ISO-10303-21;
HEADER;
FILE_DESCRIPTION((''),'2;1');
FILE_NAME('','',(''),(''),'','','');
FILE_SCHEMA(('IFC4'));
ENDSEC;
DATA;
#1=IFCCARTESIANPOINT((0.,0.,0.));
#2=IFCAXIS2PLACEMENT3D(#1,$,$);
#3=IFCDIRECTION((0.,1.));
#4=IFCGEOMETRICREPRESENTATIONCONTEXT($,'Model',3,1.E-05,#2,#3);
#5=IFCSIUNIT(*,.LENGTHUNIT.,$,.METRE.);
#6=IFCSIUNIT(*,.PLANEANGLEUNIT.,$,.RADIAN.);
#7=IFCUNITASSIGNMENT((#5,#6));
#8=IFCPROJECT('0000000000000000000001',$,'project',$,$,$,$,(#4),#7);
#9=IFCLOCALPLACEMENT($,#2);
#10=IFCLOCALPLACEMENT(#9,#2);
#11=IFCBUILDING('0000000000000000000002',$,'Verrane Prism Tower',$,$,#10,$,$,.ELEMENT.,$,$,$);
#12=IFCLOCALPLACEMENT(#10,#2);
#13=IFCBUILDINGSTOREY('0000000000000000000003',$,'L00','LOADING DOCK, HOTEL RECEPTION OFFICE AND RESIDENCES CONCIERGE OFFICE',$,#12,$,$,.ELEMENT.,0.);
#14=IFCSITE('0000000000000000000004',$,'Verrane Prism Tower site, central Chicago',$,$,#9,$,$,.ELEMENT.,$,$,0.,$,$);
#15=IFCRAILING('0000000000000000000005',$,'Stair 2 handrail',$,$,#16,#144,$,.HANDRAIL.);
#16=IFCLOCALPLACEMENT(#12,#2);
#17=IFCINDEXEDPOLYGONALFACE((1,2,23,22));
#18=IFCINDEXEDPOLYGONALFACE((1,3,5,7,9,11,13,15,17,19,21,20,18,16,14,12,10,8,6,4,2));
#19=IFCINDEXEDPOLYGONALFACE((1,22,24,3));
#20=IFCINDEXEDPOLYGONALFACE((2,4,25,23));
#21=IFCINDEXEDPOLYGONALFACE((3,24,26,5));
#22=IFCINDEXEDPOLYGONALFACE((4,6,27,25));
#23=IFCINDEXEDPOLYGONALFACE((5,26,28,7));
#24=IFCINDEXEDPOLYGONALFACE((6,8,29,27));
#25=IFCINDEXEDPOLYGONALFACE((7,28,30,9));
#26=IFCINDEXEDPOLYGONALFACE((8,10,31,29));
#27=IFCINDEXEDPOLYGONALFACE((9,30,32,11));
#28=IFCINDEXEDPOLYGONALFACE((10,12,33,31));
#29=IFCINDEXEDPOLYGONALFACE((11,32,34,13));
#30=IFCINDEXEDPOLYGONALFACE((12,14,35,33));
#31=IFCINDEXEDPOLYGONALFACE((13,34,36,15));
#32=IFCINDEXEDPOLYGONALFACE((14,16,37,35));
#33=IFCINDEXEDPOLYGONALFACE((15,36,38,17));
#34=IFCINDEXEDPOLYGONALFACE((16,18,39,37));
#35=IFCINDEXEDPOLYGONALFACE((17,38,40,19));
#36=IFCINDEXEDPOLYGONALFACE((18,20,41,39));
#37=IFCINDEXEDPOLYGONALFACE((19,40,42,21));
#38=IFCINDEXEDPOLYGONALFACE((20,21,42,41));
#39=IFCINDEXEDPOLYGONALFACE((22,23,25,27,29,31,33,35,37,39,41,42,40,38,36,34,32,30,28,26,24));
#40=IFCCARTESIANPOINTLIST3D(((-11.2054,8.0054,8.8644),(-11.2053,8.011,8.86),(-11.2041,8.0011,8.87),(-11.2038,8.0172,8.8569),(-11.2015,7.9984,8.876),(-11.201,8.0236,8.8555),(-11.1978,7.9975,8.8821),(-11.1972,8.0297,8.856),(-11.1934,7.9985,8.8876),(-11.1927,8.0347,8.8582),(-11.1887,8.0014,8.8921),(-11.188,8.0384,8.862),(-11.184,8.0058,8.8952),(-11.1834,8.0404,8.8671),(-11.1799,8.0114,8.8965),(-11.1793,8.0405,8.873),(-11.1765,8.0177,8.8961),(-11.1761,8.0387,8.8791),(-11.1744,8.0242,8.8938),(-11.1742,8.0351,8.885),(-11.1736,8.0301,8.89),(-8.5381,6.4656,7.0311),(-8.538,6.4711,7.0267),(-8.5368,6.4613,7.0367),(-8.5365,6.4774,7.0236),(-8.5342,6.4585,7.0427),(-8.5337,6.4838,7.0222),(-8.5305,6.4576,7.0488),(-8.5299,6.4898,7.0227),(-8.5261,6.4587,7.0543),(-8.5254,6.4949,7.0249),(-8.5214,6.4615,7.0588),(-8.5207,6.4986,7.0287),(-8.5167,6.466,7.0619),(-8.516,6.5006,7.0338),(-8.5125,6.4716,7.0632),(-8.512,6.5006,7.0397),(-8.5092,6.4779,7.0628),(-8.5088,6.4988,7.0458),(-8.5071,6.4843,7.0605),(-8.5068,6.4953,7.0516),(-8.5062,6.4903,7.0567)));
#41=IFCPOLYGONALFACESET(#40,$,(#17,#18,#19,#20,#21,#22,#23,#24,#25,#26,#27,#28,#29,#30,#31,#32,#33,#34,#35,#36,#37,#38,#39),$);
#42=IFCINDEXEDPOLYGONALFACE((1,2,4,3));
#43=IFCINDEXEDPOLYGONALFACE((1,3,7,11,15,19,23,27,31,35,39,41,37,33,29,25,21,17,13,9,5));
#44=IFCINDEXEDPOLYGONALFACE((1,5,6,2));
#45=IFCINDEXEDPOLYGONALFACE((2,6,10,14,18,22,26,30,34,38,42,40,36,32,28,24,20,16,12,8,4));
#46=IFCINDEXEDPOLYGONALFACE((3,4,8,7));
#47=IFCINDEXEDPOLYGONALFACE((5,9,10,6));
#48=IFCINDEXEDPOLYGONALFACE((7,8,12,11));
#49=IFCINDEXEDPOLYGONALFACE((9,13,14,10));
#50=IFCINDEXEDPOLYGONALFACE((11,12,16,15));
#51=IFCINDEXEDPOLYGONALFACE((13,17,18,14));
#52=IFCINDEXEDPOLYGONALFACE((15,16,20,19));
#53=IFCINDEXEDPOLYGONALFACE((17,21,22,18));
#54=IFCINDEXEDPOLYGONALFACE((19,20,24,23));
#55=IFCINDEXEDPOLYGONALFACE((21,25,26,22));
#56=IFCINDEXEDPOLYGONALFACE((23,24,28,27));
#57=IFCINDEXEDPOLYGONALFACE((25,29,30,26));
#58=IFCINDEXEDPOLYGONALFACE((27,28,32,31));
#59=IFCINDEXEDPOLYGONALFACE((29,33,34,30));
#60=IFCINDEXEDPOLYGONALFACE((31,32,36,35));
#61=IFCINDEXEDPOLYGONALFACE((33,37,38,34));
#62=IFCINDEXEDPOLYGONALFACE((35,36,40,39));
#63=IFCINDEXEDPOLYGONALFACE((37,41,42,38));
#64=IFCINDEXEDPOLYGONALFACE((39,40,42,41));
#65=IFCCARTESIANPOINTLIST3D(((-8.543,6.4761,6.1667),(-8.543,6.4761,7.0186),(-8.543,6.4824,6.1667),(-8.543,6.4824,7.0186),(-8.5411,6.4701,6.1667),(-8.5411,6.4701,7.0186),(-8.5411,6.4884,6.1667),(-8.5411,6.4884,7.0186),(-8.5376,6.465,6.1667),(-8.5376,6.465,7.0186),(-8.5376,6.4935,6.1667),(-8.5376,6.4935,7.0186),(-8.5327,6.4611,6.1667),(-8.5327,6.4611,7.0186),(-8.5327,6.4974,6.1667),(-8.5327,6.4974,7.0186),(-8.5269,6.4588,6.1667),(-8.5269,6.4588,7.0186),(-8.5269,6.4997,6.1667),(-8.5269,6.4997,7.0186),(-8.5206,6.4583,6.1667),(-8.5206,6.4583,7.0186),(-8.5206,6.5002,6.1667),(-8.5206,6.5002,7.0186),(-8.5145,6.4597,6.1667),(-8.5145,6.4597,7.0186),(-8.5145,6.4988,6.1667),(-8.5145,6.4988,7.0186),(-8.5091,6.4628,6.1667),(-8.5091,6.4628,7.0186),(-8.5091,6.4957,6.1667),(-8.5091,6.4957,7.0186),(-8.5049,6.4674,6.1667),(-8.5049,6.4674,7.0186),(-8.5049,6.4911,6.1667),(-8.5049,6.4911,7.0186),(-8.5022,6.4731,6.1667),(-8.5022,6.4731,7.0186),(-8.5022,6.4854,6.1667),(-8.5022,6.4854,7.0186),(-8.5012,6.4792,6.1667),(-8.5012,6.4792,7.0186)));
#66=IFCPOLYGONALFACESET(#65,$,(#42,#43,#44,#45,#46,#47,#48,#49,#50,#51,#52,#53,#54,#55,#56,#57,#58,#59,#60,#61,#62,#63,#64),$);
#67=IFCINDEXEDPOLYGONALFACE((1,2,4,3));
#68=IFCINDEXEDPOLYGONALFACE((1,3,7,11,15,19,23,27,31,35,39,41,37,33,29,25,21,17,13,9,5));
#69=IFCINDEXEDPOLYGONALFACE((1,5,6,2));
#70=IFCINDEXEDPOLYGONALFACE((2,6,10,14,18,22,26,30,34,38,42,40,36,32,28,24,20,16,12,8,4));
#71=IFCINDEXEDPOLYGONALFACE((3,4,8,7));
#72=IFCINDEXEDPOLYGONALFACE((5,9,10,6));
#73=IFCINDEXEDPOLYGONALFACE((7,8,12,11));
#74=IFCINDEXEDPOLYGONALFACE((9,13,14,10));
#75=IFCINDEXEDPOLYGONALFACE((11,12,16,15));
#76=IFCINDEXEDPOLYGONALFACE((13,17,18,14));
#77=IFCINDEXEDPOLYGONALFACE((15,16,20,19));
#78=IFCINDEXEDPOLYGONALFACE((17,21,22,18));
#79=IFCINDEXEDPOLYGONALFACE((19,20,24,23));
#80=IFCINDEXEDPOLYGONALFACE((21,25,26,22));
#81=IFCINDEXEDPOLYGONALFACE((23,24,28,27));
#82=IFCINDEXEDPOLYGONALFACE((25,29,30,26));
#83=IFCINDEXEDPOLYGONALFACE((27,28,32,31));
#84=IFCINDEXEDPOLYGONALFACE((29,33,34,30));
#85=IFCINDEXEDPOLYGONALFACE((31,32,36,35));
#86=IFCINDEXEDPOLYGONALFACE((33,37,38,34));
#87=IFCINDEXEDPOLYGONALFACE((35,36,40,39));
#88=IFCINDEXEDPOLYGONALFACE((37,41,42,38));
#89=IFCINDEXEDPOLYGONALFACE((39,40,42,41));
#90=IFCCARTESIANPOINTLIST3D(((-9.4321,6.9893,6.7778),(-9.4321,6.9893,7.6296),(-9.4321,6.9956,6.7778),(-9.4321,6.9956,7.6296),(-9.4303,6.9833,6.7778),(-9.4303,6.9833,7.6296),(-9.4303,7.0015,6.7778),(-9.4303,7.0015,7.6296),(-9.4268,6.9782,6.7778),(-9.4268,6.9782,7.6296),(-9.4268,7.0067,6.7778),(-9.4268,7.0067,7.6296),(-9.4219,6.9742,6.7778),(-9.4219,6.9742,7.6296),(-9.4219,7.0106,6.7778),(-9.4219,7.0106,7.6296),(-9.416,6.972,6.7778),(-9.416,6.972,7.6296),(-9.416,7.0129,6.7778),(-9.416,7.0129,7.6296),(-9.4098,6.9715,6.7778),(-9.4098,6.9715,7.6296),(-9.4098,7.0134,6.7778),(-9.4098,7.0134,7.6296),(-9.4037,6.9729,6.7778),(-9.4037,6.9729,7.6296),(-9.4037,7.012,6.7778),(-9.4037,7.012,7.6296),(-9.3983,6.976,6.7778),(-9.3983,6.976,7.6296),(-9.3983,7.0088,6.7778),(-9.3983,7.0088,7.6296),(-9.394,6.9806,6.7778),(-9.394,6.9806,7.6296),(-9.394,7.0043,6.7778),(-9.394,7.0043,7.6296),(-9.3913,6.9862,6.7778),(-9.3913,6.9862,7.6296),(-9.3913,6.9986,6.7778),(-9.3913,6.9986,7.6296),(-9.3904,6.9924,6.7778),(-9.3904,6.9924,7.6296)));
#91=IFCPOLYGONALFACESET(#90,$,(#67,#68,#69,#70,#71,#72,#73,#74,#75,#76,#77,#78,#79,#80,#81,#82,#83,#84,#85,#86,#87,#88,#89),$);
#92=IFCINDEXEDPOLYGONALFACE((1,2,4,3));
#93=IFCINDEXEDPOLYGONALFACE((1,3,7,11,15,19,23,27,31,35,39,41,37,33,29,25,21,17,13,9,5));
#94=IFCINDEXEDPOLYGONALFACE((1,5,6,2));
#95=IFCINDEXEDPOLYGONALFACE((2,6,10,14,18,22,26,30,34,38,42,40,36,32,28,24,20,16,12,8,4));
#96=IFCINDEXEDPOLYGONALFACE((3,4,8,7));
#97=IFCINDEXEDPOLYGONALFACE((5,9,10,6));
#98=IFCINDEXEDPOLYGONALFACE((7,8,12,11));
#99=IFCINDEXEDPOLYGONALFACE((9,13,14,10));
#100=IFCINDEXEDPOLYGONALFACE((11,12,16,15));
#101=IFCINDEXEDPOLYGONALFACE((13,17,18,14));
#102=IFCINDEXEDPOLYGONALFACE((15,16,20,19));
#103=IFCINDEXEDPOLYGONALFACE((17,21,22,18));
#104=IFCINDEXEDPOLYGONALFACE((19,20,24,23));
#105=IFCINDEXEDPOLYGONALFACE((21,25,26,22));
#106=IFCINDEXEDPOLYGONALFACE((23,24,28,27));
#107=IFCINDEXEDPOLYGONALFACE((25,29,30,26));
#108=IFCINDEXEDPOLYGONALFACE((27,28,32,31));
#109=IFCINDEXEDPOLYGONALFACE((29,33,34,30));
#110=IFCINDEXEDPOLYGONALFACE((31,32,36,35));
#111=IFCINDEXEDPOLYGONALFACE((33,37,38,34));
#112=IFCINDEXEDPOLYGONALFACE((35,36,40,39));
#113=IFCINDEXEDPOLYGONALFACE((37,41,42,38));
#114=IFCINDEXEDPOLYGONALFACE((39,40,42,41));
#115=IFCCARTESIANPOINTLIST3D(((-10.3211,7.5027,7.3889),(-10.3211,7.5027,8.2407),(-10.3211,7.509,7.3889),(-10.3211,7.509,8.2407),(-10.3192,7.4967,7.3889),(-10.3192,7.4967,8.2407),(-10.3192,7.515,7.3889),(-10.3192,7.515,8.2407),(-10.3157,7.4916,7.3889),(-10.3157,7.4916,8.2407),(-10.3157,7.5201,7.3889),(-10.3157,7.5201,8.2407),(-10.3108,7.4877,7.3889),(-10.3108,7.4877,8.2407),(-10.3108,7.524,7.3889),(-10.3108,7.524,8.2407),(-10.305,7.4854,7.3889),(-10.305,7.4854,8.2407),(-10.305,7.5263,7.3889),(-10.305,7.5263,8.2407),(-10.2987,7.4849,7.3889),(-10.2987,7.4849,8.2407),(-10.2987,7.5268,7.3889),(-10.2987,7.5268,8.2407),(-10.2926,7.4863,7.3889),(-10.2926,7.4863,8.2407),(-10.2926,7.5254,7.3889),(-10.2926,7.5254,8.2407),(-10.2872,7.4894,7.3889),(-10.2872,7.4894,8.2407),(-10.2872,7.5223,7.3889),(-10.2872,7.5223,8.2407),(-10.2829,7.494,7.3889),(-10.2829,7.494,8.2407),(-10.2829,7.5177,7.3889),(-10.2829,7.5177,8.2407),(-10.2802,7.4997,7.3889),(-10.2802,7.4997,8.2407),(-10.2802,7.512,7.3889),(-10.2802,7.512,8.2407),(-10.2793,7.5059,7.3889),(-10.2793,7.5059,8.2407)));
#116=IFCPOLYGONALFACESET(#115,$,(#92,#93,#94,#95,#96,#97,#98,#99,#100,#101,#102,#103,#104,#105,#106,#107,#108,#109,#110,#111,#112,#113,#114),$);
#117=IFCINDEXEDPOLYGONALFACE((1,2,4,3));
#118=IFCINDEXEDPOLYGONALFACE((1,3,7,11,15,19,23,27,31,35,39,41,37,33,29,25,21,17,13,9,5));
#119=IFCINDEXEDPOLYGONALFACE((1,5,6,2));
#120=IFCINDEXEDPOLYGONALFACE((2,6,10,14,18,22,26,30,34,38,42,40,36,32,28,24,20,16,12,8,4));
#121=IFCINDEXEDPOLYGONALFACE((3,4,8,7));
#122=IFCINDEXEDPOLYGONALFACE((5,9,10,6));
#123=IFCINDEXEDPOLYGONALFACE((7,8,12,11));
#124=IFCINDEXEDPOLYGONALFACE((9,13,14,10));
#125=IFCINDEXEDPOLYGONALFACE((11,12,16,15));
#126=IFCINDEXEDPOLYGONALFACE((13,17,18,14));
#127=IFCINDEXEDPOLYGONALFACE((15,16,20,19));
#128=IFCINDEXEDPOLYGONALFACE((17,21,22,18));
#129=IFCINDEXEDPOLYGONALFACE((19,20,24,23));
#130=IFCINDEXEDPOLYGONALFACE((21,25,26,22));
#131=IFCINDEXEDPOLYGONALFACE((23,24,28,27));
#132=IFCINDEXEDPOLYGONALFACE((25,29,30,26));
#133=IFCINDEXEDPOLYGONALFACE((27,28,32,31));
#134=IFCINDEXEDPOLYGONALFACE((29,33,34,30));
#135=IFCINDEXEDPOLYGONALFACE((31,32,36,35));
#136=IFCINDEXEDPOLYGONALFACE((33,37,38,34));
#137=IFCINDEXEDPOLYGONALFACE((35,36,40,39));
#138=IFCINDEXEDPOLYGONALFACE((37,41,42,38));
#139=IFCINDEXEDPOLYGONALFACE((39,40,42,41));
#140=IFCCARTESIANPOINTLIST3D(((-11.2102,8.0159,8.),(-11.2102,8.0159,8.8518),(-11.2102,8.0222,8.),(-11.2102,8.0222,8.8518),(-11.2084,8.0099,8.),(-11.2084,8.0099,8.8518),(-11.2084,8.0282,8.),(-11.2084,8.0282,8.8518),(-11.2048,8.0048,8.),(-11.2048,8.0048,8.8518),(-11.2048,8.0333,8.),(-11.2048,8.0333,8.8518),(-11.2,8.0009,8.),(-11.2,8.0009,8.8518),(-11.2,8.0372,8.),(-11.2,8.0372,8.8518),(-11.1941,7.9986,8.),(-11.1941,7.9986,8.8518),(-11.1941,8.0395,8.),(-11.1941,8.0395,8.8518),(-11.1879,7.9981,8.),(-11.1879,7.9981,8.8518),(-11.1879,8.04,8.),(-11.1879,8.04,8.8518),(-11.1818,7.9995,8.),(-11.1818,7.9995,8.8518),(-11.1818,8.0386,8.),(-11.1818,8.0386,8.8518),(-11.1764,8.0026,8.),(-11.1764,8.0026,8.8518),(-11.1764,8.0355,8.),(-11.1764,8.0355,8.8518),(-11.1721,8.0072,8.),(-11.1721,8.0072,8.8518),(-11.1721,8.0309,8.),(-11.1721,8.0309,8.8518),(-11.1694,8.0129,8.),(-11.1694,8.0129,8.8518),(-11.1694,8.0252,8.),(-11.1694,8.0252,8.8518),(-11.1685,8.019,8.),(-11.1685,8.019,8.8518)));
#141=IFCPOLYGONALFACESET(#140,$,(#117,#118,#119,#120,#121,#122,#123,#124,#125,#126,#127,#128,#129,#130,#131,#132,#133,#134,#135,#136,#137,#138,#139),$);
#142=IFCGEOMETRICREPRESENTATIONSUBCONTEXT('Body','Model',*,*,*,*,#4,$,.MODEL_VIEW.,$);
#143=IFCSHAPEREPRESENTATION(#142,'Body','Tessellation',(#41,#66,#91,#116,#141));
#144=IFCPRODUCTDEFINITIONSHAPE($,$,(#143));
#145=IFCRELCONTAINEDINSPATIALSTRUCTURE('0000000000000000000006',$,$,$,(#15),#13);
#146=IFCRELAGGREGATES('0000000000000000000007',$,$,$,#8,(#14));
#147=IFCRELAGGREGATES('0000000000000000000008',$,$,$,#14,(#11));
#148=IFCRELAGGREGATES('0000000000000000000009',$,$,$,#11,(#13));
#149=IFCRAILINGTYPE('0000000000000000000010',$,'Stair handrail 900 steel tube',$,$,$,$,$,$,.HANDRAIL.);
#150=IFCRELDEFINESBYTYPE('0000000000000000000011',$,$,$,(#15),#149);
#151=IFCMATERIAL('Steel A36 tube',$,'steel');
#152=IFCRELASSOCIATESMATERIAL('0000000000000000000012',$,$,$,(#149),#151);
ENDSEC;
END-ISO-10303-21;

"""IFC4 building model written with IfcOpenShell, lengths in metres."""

from ifc_helpers import new_model, si_unit, direction, frame, origin, origin_2d, place, context, subcontext, project, spatial, circle, extrude, material, type_object, element, save


model = new_model("IFC4")

# Units and contexts
model_context = context("Model", 3, precision=1e-05, world=origin(), true_north=direction((0.0, 1.0)))
body_context = subcontext(model_context, "Body", "Model", "MODEL_VIEW")
ifc_project = project(units=[si_unit("LENGTHUNIT", "METRE"), si_unit("PLANEANGLEUNIT", "RADIAN")], contexts=[model_context])

# Site, building, storey
site_placement = place(None, origin())
site = spatial("IfcSite", under=ifc_project, at=site_placement, Name="Verrane Prism Tower site, central Chicago", CompositionType="ELEMENT", RefElevation=0.0)
building_placement = place(site_placement, origin())
building = spatial("IfcBuilding", under=site, at=building_placement, Name="Verrane Prism Tower", CompositionType="ELEMENT")
storey_placement = place(building_placement, origin())
storey = spatial("IfcBuildingStorey", under=building, at=storey_placement, Name="L00", Description="LOADING DOCK, HOTEL RECEPTION OFFICE AND RESIDENCES CONCIERGE OFFICE", CompositionType="ELEMENT", Elevation=0.0)

# Railing
ifc_material_1 = material(Name="Steel A36 tube", Category="steel")
railing_type = type_object("IfcRailingType", Name="Stair handrail 900 steel tube", PredefinedType="HANDRAIL", material=ifc_material_1)
for number, where, name in (
    (1, (-8.5222, 6.4792, 6.1667), "Stair 2 handrail"),
):
    element("IfcRailing", number, at=place(storey_placement, frame(where)), inside=storey, type_object=railing_type, Name=name, PredefinedType="HANDRAIL", context=body_context, shape_type="SweptSolid", body=[
        extrude(circle(Radius=0.0239, at=origin_2d()), frame((0.0, 0.0, 0.876), z_axis=(-0.744181, 0.429616, 0.511493), x_axis=(-0.499967, -0.866044, 0.0)), (0.0, 0.0, 1.0), 3.5842),
        extrude(circle(Radius=0.021, at=origin_2d()), origin(), (0.0, 0.0, 1.0), 0.8518),
        extrude(circle(Radius=0.021, at=origin_2d()), frame((-0.8892, 0.5132, 0.6111)), (0.0, 0.0, 1.0), 0.8518),
        extrude(circle(Radius=0.021, at=origin_2d()), frame((-1.7781, 1.0266, 1.2222)), (0.0, 0.0, 1.0), 0.8518),
        extrude(circle(Radius=0.021, at=origin_2d()), frame((-2.6672, 1.5398, 1.8333)), (0.0, 0.0, 1.0), 0.8518),
    ])

save(model, "model.ifc")
